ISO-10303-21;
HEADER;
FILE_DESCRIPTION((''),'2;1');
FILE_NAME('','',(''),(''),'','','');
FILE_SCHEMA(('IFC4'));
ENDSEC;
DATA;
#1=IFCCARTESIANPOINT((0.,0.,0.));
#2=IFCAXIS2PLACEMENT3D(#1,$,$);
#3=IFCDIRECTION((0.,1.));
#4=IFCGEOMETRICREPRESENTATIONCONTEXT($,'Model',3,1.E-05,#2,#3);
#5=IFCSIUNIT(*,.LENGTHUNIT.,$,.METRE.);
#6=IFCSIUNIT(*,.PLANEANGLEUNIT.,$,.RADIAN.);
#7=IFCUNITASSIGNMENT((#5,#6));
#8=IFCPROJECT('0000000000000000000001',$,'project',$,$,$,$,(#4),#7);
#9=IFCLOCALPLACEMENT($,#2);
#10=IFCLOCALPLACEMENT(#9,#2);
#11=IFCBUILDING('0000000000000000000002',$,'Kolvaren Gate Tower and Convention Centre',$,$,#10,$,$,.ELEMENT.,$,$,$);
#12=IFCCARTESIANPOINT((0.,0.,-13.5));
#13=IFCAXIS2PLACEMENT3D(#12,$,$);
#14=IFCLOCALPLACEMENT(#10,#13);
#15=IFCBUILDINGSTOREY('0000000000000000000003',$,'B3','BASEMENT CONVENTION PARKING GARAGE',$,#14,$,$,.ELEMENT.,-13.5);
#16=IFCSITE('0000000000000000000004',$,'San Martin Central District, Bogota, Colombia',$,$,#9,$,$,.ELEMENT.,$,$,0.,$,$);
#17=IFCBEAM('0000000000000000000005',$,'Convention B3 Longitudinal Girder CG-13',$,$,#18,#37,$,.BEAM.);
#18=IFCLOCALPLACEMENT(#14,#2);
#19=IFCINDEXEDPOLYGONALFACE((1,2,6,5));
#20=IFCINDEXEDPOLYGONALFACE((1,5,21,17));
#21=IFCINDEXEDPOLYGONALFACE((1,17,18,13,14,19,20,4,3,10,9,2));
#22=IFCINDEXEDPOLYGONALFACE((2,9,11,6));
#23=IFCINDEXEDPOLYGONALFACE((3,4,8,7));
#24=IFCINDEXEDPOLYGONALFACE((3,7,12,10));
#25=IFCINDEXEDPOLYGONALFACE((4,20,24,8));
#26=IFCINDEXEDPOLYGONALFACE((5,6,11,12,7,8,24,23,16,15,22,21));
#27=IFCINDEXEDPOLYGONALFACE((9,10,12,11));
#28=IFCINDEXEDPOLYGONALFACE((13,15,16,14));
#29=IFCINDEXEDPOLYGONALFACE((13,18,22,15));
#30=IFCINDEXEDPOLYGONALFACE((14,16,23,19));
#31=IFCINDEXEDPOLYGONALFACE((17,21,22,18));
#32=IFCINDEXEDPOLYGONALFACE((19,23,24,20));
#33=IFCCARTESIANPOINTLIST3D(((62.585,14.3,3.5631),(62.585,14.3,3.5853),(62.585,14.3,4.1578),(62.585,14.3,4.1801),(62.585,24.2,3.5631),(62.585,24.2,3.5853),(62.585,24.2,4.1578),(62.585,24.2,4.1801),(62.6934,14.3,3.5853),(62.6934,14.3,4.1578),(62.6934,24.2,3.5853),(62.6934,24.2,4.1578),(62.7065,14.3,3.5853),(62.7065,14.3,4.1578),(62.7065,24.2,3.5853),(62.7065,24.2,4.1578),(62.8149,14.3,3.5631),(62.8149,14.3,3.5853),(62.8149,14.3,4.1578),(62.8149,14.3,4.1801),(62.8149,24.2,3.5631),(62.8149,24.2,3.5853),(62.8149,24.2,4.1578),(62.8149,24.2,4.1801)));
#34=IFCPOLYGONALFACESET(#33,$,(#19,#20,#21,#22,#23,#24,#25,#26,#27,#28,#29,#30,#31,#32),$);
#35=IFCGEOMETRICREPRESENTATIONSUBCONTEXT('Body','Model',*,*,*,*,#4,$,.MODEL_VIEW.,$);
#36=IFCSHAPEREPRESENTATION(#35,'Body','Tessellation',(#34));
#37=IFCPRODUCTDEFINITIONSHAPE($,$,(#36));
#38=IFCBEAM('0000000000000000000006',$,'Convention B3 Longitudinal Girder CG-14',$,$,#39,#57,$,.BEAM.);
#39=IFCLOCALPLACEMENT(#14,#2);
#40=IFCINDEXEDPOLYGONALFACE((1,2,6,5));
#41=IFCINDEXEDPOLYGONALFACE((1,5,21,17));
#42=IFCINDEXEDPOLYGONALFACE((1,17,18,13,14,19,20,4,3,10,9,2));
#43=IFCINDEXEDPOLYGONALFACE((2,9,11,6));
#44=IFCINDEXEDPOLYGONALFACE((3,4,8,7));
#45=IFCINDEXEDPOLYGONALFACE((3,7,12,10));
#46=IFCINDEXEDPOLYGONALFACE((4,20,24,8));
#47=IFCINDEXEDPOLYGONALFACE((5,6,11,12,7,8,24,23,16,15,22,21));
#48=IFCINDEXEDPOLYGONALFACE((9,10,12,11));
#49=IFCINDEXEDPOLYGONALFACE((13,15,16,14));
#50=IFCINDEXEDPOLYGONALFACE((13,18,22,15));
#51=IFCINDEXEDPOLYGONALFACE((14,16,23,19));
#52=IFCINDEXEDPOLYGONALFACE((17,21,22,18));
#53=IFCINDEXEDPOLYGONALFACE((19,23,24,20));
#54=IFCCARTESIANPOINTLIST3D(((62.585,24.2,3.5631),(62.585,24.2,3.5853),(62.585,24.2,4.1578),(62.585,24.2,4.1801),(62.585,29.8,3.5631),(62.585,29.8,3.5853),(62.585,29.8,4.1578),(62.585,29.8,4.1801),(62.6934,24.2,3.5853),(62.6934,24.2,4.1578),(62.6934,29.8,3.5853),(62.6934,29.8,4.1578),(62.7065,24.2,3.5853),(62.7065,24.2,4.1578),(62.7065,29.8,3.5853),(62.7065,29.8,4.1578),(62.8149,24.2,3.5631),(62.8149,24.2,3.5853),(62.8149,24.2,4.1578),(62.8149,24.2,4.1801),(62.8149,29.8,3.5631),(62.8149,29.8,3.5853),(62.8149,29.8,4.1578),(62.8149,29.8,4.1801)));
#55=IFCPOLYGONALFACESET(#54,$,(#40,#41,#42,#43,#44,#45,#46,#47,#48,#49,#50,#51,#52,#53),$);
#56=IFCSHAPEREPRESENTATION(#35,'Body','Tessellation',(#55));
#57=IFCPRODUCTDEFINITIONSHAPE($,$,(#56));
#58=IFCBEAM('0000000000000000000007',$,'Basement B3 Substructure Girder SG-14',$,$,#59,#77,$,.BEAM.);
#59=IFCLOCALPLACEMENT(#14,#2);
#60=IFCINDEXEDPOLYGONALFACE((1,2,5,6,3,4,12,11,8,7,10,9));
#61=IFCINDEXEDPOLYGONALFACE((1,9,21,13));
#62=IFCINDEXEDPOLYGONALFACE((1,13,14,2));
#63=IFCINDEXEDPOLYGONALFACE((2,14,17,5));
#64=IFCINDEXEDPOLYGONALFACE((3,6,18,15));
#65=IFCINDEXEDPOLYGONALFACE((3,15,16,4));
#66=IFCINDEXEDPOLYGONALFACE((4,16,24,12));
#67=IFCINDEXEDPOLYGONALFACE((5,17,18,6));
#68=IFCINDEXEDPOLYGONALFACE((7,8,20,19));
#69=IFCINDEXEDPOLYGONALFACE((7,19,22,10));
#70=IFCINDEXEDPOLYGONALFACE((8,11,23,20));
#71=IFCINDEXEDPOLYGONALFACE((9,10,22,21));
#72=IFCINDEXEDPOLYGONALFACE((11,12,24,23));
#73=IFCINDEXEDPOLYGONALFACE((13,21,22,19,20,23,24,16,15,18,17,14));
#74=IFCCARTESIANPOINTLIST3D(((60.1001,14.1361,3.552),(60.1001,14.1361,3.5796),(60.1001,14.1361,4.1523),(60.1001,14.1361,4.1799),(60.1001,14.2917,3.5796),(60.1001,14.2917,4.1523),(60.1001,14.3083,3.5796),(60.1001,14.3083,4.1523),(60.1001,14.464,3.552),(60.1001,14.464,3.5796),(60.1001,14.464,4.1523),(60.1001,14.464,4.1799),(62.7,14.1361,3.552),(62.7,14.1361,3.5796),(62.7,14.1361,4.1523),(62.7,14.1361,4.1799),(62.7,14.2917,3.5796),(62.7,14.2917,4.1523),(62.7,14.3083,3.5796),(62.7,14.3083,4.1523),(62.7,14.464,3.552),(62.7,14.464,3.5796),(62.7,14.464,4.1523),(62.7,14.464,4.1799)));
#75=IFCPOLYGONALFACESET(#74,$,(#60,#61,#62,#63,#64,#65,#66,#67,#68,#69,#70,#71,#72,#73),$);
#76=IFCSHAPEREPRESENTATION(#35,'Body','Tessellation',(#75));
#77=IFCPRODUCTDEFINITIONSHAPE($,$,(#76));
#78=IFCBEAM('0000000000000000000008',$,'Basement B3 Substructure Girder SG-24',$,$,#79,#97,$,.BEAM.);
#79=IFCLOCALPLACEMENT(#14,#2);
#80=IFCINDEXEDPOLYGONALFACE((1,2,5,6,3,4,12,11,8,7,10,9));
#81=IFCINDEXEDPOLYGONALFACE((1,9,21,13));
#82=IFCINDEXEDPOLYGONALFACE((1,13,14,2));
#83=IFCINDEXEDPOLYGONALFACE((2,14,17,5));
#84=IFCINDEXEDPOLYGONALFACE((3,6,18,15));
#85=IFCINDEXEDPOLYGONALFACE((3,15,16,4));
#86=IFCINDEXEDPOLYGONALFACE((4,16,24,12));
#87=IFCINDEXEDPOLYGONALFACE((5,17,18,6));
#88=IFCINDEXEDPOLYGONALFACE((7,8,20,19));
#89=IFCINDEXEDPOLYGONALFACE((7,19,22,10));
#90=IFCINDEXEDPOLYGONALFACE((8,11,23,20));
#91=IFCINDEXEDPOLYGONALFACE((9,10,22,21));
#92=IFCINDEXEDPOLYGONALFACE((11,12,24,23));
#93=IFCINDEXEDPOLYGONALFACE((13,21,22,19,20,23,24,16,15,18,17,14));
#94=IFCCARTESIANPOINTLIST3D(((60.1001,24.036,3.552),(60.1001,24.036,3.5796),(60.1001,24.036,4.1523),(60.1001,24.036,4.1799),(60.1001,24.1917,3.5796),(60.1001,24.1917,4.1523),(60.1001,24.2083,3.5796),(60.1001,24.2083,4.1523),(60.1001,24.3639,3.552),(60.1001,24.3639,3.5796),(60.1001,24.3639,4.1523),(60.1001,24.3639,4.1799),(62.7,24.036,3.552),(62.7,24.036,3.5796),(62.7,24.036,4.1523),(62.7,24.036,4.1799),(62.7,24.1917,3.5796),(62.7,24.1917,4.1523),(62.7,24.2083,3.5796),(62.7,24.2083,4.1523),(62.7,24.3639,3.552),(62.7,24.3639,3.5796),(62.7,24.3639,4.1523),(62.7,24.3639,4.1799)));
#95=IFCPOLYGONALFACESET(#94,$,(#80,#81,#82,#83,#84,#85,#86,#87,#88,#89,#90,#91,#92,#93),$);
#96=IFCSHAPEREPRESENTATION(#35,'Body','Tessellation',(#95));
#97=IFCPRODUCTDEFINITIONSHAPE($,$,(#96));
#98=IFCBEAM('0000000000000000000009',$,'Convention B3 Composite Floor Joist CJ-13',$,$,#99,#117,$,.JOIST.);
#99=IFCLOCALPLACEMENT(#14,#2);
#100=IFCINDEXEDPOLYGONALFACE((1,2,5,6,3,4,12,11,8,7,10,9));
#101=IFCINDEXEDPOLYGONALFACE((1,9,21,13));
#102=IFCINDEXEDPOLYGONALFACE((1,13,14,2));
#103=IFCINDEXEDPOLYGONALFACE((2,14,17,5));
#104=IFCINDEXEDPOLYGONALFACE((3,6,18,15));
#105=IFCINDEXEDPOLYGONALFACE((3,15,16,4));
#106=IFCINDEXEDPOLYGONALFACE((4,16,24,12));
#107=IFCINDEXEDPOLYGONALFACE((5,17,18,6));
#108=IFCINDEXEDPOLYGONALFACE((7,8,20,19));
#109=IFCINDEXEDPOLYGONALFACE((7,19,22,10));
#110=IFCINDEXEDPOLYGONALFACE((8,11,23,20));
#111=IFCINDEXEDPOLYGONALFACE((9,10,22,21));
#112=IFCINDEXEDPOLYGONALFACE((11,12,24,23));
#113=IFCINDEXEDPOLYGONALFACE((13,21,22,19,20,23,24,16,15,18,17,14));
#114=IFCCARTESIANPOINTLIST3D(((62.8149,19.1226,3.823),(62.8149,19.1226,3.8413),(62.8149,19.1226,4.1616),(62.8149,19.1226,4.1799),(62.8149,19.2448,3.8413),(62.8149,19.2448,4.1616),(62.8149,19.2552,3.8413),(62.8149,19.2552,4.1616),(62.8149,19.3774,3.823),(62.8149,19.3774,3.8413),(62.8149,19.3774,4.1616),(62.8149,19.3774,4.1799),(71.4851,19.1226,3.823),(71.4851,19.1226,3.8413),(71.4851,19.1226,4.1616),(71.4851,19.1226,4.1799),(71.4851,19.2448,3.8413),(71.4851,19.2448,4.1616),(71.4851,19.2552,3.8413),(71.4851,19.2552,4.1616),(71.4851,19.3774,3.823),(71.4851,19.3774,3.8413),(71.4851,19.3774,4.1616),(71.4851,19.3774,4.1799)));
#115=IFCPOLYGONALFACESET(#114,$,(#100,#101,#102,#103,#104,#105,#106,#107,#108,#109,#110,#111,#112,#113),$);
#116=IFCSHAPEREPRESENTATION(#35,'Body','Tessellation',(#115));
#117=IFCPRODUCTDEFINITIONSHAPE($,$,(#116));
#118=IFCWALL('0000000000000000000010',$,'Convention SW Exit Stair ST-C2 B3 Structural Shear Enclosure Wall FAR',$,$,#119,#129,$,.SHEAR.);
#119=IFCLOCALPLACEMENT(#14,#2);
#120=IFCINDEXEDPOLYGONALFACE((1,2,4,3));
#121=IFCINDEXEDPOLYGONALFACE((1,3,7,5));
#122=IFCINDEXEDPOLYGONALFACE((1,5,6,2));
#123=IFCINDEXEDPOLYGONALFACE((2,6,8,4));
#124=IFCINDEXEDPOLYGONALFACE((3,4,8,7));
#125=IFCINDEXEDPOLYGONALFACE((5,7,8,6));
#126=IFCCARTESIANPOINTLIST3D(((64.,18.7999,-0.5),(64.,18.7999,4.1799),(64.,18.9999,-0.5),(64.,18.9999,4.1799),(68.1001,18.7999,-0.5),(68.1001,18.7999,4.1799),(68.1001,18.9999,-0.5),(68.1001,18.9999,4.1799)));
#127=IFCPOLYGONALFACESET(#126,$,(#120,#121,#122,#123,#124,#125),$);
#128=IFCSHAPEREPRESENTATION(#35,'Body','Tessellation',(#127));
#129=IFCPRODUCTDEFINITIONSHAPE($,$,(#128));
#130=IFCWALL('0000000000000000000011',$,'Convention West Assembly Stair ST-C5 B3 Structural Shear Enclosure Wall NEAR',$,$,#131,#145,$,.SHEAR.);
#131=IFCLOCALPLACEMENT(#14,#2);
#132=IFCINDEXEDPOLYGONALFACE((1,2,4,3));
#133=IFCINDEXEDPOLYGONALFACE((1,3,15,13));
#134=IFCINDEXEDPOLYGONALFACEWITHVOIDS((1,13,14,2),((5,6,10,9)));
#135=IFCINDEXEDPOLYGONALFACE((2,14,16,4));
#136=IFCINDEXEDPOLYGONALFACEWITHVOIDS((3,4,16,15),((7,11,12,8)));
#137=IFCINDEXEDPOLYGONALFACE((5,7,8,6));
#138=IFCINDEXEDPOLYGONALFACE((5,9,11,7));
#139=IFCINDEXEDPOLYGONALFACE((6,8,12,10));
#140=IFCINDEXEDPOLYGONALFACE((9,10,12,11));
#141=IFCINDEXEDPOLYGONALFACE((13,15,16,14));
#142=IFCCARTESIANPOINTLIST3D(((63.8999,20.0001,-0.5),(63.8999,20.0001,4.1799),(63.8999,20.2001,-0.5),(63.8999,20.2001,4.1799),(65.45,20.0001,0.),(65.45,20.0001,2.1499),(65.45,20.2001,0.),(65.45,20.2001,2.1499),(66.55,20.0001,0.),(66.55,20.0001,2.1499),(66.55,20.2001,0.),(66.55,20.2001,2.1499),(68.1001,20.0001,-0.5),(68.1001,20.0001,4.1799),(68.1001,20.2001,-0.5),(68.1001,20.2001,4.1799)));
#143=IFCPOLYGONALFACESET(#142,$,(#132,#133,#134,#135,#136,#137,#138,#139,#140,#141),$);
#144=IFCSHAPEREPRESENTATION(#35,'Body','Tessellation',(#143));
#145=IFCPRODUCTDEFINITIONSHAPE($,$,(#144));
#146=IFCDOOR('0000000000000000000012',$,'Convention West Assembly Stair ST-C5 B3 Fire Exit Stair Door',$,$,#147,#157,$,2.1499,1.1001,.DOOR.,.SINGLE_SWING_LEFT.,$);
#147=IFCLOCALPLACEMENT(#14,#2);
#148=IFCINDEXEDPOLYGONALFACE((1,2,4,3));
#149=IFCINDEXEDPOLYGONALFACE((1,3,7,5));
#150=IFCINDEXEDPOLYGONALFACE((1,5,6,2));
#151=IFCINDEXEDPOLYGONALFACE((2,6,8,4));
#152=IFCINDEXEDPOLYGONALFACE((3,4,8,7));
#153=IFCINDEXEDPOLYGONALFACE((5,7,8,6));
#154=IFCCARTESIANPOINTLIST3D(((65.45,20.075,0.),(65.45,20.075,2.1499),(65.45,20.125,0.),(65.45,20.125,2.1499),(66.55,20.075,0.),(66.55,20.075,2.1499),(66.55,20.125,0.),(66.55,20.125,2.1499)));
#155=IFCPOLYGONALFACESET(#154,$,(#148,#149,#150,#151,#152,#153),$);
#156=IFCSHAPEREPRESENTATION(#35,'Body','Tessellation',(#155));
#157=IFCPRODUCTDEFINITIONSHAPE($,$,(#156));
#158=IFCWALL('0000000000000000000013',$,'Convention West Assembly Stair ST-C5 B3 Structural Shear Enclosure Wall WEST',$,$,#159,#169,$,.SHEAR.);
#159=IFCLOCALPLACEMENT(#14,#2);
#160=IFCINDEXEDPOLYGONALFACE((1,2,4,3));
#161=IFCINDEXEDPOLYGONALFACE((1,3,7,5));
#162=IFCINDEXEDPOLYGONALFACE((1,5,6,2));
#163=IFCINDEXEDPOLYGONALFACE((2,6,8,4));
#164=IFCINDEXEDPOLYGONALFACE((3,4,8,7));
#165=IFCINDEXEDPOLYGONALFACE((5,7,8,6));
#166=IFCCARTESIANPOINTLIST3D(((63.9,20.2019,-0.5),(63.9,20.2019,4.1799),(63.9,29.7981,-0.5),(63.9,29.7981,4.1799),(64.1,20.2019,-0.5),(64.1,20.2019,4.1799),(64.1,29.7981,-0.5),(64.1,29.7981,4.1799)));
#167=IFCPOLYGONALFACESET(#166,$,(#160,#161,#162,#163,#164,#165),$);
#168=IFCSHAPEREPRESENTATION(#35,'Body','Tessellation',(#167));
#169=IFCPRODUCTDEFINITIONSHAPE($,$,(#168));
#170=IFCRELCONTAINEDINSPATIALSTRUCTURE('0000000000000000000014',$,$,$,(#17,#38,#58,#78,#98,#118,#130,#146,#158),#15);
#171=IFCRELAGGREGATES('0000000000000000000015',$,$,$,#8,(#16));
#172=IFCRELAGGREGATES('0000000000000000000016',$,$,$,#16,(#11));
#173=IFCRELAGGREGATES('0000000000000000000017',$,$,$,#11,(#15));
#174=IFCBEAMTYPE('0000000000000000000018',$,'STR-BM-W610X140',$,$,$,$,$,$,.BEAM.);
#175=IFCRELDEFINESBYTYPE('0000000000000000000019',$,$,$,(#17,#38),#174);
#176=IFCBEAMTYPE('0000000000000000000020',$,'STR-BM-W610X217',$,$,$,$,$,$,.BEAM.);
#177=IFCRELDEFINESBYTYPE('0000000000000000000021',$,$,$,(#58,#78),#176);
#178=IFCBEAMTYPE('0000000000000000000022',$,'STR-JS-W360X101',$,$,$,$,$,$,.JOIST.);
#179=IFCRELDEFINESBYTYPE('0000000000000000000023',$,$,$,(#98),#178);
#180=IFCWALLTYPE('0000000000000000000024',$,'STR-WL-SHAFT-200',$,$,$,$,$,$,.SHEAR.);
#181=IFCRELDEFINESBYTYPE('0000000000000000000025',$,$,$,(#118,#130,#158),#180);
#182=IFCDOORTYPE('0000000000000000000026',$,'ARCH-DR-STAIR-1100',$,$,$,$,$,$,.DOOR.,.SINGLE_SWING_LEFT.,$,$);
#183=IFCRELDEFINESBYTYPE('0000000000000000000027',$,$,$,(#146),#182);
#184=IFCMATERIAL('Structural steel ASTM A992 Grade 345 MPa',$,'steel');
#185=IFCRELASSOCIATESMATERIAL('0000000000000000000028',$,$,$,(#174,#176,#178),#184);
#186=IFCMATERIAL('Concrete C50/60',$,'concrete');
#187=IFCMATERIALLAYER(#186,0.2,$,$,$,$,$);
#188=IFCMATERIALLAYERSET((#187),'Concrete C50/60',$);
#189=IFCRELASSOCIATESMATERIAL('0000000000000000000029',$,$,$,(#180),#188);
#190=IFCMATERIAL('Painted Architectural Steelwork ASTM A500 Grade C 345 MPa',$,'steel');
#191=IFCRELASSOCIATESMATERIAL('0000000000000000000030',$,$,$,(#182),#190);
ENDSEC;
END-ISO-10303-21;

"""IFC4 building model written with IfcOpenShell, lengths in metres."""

from ifc_helpers import new_model, si_unit, direction, frame, frame_2d, origin, origin_2d, place, context, subcontext, project, spatial, rectangle, i_section, extrude, material, layer, layer_set, material_profile, profile_set, type_object, element, fill, save


model = new_model("IFC4")

# Units and contexts
model_context = context("Model", 3, precision=1e-05, world=origin(), true_north=direction((0.0, 1.0)))
body_context = subcontext(model_context, "Body", "Model", "MODEL_VIEW")
ifc_project = project(units=[si_unit("LENGTHUNIT", "METRE"), si_unit("PLANEANGLEUNIT", "RADIAN")], contexts=[model_context])

# Site, building, storey
site_placement = place(None, origin())
site = spatial("IfcSite", under=ifc_project, at=site_placement, Name="San Martin Central District, Bogota, Colombia", CompositionType="ELEMENT", RefElevation=0.0)
building_placement = place(site_placement, origin())
building = spatial("IfcBuilding", under=site, at=building_placement, Name="Kolvaren Gate Tower and Convention Centre", CompositionType="ELEMENT")
storey_placement = place(building_placement, frame((0.0, 0.0, -13.5)))
storey = spatial("IfcBuildingStorey", under=building, at=storey_placement, Name="B3", Description="BASEMENT CONVENTION PARKING GARAGE", CompositionType="ELEMENT", Elevation=-13.5)

# Shared definitions
ifc_material_1 = material(Name="Concrete C50/60", Category="concrete")

# Beams
ifc_material_2 = material(Name="Structural steel ASTM A992 Grade 345 MPa", Category="steel")
ifc_material_profile_1 = material_profile(ifc_material_2, i_section(OverallWidth=0.23, OverallDepth=0.6169, WebThickness=0.0132, FlangeThickness=0.0222, at=origin_2d()), Name="W610X140")
ifc_profile_set_1 = profile_set([ifc_material_profile_1], Name="Structural steel ASTM A992 Grade 345 MPa")
beam_type_1 = type_object("IfcBeamType", Name="STR-BM-W610X140", PredefinedType="BEAM", material=ifc_profile_set_1)
beam_1_placement = place(storey_placement, frame((62.7, 14.3, 3.8716), z_axis=(0.0, 1.0, 0.0), x_axis=(-1.0, 0.0, 0.0)))
element("IfcBeam", 1, at=beam_1_placement, inside=storey, type_object=beam_type_1, Name="Convention B3 Longitudinal Girder CG-13", PredefinedType="BEAM", context=body_context, shape_type="SweptSolid", body=[
    extrude(i_section(OverallWidth=0.23, OverallDepth=0.6169, WebThickness=0.0132, FlangeThickness=0.0222, at=origin_2d()), origin(), (0.0, 0.0, 1.0), 9.8999),
])
beam_2_placement = place(storey_placement, frame((62.7, 24.2, 3.8716), z_axis=(0.0, 1.0, 0.0), x_axis=(-1.0, 0.0, 0.0)))
element("IfcBeam", 2, at=beam_2_placement, inside=storey, type_object=beam_type_1, Name="Convention B3 Longitudinal Girder CG-14", PredefinedType="BEAM", context=body_context, shape_type="SweptSolid", body=[
    extrude(i_section(OverallWidth=0.23, OverallDepth=0.6169, WebThickness=0.0132, FlangeThickness=0.0222, at=origin_2d()), origin(), (0.0, 0.0, 1.0), 5.6001),
])
ifc_material_profile_2 = material_profile(ifc_material_2, i_section(OverallWidth=0.3279, OverallDepth=0.6279, WebThickness=0.0166, FlangeThickness=0.0276, at=origin_2d()), Name="W610X217")
ifc_profile_set_2 = profile_set([ifc_material_profile_2], Name="Structural steel ASTM A992 Grade 345 MPa")
beam_type_2 = type_object("IfcBeamType", Name="STR-BM-W610X217", PredefinedType="BEAM", material=ifc_profile_set_2)
for number, where, z_axis, x_axis, name in (
    (3, (60.1001, 14.3, 3.866), (1.0, 0.0, 0.0), (0.0, 1.0, 0.0), "Basement B3 Substructure Girder SG-14"),
    (4, (60.1001, 24.2, 3.866), (1.0, 0.0, 0.0), (0.0, 1.0, 0.0), "Basement B3 Substructure Girder SG-24"),
):
    element("IfcBeam", number, at=place(storey_placement, frame(where, z_axis=z_axis, x_axis=x_axis)), inside=storey, type_object=beam_type_2, Name=name, PredefinedType="BEAM", context=body_context, shape_type="SweptSolid", body=[
        extrude(i_section(OverallWidth=0.3279, OverallDepth=0.6279, WebThickness=0.0166, FlangeThickness=0.0276, at=origin_2d()), origin(), (0.0, 0.0, 1.0), 2.5999),
    ])
ifc_material_profile_3 = material_profile(ifc_material_2, i_section(OverallWidth=0.2549, OverallDepth=0.3569, WebThickness=0.0105, FlangeThickness=0.0183, at=origin_2d()), Name="W360X101")
ifc_profile_set_3 = profile_set([ifc_material_profile_3], Name="Structural steel ASTM A992 Grade 345 MPa")
beam_type_3 = type_object("IfcBeamType", Name="STR-JS-W360X101", PredefinedType="JOIST", material=ifc_profile_set_3)
beam_3_placement = place(storey_placement, frame((62.8149, 19.25, 4.0015), z_axis=(1.0, 0.0, 0.0), x_axis=(0.0, 1.0, 0.0)))
element("IfcBeam", 5, at=beam_3_placement, inside=storey, type_object=beam_type_3, Name="Convention B3 Composite Floor Joist CJ-13", PredefinedType="JOIST", context=body_context, shape_type="SweptSolid", body=[
    extrude(i_section(OverallWidth=0.2549, OverallDepth=0.3569, WebThickness=0.0105, FlangeThickness=0.0183, at=origin_2d()), origin(), (0.0, 0.0, 1.0), 8.6702),
])

# Wall
ifc_layer = layer(ifc_material_1, 0.2)
ifc_layer_set = layer_set([ifc_layer], Name="Concrete C50/60")
wall_type = type_object("IfcWallType", Name="STR-WL-SHAFT-200", PredefinedType="SHEAR", material=ifc_layer_set)
wall_1_placement = place(storey_placement, frame((64.0, 18.8999, -0.5), z_axis=(0.0, 0.0, 1.0), x_axis=(1.0, 0.0, 0.0)))
element("IfcWall", 6, at=wall_1_placement, inside=storey, type_object=wall_type, Name="Convention SW Exit Stair ST-C2 B3 Structural Shear Enclosure Wall FAR", PredefinedType="SHEAR", context=body_context, shape_type="SweptSolid", body=[
    extrude(rectangle(XDim=4.1001, YDim=0.2, at=frame_2d((2.05, 0.0))), origin(), (0.0, 0.0, 1.0), 4.6799),
])

# Wall, opening, door
wall_2_placement = place(storey_placement, frame((63.8999, 20.1001, -0.5), z_axis=(0.0, 0.0, 1.0), x_axis=(1.0, 0.0, 0.0)))
wall_2 = element("IfcWall", 7, at=wall_2_placement, inside=storey, type_object=wall_type, Name="Convention West Assembly Stair ST-C5 B3 Structural Shear Enclosure Wall NEAR", PredefinedType="SHEAR", context=body_context, shape_type="SweptSolid", body=[
    extrude(rectangle(XDim=4.2002, YDim=0.2, at=frame_2d((2.1001, 0.0))), origin(), (0.0, 0.0, 1.0), 4.6799),
])
opening_placement = place(wall_2_placement, frame((1.55, 0.0, 0.5)))
opening = element("IfcOpeningElement", 8, at=opening_placement, cuts=wall_2, PredefinedType="OPENING", context=body_context, shape_type="SweptSolid", body=[
    extrude(rectangle(XDim=1.1001, YDim=2.1499, at=frame_2d((0.55, 1.075))), frame((0.0, 0.1099, 0.0), z_axis=(0.0, -1.0, 0.0), x_axis=(1.0, 0.0, 0.0)), (0.0, 0.0, 1.0), 0.22),
])
ifc_material_3 = material(Name="Painted Architectural Steelwork ASTM A500 Grade C 345 MPa", Category="steel")
door_type = type_object("IfcDoorType", Name="ARCH-DR-STAIR-1100", OperationType="SINGLE_SWING_LEFT", PredefinedType="DOOR", material=ifc_material_3)
door_placement = place(opening_placement, origin())
door = element("IfcDoor", 9, at=door_placement, inside=storey, type_object=door_type, Name="Convention West Assembly Stair ST-C5 B3 Fire Exit Stair Door", OperationType="SINGLE_SWING_LEFT", OverallHeight=2.1499, OverallWidth=1.1001, PredefinedType="DOOR", context=body_context, shape_type="SweptSolid", body=[
    extrude(rectangle(XDim=1.1001, YDim=2.1499, at=frame_2d((0.55, 1.075))), frame((0.0, 0.0249, 0.0), z_axis=(0.0, -1.0, 0.0), x_axis=(1.0, 0.0, 0.0)), (0.0, 0.0, 1.0), 0.05),
])
fill(opening, door)

# Wall
wall_3_placement = place(storey_placement, frame((64.0, 20.2019, -0.5), z_axis=(0.0, 0.0, 1.0), x_axis=(0.0, 1.0, 0.0)))
element("IfcWall", 10, at=wall_3_placement, inside=storey, type_object=wall_type, Name="Convention West Assembly Stair ST-C5 B3 Structural Shear Enclosure Wall WEST", PredefinedType="SHEAR", context=body_context, shape_type="SweptSolid", body=[
    extrude(rectangle(XDim=9.5962, YDim=0.2, at=frame_2d((4.7981, 0.0))), origin(), (0.0, 0.0, 1.0), 4.6799),
])

save(model, "model.ifc")
